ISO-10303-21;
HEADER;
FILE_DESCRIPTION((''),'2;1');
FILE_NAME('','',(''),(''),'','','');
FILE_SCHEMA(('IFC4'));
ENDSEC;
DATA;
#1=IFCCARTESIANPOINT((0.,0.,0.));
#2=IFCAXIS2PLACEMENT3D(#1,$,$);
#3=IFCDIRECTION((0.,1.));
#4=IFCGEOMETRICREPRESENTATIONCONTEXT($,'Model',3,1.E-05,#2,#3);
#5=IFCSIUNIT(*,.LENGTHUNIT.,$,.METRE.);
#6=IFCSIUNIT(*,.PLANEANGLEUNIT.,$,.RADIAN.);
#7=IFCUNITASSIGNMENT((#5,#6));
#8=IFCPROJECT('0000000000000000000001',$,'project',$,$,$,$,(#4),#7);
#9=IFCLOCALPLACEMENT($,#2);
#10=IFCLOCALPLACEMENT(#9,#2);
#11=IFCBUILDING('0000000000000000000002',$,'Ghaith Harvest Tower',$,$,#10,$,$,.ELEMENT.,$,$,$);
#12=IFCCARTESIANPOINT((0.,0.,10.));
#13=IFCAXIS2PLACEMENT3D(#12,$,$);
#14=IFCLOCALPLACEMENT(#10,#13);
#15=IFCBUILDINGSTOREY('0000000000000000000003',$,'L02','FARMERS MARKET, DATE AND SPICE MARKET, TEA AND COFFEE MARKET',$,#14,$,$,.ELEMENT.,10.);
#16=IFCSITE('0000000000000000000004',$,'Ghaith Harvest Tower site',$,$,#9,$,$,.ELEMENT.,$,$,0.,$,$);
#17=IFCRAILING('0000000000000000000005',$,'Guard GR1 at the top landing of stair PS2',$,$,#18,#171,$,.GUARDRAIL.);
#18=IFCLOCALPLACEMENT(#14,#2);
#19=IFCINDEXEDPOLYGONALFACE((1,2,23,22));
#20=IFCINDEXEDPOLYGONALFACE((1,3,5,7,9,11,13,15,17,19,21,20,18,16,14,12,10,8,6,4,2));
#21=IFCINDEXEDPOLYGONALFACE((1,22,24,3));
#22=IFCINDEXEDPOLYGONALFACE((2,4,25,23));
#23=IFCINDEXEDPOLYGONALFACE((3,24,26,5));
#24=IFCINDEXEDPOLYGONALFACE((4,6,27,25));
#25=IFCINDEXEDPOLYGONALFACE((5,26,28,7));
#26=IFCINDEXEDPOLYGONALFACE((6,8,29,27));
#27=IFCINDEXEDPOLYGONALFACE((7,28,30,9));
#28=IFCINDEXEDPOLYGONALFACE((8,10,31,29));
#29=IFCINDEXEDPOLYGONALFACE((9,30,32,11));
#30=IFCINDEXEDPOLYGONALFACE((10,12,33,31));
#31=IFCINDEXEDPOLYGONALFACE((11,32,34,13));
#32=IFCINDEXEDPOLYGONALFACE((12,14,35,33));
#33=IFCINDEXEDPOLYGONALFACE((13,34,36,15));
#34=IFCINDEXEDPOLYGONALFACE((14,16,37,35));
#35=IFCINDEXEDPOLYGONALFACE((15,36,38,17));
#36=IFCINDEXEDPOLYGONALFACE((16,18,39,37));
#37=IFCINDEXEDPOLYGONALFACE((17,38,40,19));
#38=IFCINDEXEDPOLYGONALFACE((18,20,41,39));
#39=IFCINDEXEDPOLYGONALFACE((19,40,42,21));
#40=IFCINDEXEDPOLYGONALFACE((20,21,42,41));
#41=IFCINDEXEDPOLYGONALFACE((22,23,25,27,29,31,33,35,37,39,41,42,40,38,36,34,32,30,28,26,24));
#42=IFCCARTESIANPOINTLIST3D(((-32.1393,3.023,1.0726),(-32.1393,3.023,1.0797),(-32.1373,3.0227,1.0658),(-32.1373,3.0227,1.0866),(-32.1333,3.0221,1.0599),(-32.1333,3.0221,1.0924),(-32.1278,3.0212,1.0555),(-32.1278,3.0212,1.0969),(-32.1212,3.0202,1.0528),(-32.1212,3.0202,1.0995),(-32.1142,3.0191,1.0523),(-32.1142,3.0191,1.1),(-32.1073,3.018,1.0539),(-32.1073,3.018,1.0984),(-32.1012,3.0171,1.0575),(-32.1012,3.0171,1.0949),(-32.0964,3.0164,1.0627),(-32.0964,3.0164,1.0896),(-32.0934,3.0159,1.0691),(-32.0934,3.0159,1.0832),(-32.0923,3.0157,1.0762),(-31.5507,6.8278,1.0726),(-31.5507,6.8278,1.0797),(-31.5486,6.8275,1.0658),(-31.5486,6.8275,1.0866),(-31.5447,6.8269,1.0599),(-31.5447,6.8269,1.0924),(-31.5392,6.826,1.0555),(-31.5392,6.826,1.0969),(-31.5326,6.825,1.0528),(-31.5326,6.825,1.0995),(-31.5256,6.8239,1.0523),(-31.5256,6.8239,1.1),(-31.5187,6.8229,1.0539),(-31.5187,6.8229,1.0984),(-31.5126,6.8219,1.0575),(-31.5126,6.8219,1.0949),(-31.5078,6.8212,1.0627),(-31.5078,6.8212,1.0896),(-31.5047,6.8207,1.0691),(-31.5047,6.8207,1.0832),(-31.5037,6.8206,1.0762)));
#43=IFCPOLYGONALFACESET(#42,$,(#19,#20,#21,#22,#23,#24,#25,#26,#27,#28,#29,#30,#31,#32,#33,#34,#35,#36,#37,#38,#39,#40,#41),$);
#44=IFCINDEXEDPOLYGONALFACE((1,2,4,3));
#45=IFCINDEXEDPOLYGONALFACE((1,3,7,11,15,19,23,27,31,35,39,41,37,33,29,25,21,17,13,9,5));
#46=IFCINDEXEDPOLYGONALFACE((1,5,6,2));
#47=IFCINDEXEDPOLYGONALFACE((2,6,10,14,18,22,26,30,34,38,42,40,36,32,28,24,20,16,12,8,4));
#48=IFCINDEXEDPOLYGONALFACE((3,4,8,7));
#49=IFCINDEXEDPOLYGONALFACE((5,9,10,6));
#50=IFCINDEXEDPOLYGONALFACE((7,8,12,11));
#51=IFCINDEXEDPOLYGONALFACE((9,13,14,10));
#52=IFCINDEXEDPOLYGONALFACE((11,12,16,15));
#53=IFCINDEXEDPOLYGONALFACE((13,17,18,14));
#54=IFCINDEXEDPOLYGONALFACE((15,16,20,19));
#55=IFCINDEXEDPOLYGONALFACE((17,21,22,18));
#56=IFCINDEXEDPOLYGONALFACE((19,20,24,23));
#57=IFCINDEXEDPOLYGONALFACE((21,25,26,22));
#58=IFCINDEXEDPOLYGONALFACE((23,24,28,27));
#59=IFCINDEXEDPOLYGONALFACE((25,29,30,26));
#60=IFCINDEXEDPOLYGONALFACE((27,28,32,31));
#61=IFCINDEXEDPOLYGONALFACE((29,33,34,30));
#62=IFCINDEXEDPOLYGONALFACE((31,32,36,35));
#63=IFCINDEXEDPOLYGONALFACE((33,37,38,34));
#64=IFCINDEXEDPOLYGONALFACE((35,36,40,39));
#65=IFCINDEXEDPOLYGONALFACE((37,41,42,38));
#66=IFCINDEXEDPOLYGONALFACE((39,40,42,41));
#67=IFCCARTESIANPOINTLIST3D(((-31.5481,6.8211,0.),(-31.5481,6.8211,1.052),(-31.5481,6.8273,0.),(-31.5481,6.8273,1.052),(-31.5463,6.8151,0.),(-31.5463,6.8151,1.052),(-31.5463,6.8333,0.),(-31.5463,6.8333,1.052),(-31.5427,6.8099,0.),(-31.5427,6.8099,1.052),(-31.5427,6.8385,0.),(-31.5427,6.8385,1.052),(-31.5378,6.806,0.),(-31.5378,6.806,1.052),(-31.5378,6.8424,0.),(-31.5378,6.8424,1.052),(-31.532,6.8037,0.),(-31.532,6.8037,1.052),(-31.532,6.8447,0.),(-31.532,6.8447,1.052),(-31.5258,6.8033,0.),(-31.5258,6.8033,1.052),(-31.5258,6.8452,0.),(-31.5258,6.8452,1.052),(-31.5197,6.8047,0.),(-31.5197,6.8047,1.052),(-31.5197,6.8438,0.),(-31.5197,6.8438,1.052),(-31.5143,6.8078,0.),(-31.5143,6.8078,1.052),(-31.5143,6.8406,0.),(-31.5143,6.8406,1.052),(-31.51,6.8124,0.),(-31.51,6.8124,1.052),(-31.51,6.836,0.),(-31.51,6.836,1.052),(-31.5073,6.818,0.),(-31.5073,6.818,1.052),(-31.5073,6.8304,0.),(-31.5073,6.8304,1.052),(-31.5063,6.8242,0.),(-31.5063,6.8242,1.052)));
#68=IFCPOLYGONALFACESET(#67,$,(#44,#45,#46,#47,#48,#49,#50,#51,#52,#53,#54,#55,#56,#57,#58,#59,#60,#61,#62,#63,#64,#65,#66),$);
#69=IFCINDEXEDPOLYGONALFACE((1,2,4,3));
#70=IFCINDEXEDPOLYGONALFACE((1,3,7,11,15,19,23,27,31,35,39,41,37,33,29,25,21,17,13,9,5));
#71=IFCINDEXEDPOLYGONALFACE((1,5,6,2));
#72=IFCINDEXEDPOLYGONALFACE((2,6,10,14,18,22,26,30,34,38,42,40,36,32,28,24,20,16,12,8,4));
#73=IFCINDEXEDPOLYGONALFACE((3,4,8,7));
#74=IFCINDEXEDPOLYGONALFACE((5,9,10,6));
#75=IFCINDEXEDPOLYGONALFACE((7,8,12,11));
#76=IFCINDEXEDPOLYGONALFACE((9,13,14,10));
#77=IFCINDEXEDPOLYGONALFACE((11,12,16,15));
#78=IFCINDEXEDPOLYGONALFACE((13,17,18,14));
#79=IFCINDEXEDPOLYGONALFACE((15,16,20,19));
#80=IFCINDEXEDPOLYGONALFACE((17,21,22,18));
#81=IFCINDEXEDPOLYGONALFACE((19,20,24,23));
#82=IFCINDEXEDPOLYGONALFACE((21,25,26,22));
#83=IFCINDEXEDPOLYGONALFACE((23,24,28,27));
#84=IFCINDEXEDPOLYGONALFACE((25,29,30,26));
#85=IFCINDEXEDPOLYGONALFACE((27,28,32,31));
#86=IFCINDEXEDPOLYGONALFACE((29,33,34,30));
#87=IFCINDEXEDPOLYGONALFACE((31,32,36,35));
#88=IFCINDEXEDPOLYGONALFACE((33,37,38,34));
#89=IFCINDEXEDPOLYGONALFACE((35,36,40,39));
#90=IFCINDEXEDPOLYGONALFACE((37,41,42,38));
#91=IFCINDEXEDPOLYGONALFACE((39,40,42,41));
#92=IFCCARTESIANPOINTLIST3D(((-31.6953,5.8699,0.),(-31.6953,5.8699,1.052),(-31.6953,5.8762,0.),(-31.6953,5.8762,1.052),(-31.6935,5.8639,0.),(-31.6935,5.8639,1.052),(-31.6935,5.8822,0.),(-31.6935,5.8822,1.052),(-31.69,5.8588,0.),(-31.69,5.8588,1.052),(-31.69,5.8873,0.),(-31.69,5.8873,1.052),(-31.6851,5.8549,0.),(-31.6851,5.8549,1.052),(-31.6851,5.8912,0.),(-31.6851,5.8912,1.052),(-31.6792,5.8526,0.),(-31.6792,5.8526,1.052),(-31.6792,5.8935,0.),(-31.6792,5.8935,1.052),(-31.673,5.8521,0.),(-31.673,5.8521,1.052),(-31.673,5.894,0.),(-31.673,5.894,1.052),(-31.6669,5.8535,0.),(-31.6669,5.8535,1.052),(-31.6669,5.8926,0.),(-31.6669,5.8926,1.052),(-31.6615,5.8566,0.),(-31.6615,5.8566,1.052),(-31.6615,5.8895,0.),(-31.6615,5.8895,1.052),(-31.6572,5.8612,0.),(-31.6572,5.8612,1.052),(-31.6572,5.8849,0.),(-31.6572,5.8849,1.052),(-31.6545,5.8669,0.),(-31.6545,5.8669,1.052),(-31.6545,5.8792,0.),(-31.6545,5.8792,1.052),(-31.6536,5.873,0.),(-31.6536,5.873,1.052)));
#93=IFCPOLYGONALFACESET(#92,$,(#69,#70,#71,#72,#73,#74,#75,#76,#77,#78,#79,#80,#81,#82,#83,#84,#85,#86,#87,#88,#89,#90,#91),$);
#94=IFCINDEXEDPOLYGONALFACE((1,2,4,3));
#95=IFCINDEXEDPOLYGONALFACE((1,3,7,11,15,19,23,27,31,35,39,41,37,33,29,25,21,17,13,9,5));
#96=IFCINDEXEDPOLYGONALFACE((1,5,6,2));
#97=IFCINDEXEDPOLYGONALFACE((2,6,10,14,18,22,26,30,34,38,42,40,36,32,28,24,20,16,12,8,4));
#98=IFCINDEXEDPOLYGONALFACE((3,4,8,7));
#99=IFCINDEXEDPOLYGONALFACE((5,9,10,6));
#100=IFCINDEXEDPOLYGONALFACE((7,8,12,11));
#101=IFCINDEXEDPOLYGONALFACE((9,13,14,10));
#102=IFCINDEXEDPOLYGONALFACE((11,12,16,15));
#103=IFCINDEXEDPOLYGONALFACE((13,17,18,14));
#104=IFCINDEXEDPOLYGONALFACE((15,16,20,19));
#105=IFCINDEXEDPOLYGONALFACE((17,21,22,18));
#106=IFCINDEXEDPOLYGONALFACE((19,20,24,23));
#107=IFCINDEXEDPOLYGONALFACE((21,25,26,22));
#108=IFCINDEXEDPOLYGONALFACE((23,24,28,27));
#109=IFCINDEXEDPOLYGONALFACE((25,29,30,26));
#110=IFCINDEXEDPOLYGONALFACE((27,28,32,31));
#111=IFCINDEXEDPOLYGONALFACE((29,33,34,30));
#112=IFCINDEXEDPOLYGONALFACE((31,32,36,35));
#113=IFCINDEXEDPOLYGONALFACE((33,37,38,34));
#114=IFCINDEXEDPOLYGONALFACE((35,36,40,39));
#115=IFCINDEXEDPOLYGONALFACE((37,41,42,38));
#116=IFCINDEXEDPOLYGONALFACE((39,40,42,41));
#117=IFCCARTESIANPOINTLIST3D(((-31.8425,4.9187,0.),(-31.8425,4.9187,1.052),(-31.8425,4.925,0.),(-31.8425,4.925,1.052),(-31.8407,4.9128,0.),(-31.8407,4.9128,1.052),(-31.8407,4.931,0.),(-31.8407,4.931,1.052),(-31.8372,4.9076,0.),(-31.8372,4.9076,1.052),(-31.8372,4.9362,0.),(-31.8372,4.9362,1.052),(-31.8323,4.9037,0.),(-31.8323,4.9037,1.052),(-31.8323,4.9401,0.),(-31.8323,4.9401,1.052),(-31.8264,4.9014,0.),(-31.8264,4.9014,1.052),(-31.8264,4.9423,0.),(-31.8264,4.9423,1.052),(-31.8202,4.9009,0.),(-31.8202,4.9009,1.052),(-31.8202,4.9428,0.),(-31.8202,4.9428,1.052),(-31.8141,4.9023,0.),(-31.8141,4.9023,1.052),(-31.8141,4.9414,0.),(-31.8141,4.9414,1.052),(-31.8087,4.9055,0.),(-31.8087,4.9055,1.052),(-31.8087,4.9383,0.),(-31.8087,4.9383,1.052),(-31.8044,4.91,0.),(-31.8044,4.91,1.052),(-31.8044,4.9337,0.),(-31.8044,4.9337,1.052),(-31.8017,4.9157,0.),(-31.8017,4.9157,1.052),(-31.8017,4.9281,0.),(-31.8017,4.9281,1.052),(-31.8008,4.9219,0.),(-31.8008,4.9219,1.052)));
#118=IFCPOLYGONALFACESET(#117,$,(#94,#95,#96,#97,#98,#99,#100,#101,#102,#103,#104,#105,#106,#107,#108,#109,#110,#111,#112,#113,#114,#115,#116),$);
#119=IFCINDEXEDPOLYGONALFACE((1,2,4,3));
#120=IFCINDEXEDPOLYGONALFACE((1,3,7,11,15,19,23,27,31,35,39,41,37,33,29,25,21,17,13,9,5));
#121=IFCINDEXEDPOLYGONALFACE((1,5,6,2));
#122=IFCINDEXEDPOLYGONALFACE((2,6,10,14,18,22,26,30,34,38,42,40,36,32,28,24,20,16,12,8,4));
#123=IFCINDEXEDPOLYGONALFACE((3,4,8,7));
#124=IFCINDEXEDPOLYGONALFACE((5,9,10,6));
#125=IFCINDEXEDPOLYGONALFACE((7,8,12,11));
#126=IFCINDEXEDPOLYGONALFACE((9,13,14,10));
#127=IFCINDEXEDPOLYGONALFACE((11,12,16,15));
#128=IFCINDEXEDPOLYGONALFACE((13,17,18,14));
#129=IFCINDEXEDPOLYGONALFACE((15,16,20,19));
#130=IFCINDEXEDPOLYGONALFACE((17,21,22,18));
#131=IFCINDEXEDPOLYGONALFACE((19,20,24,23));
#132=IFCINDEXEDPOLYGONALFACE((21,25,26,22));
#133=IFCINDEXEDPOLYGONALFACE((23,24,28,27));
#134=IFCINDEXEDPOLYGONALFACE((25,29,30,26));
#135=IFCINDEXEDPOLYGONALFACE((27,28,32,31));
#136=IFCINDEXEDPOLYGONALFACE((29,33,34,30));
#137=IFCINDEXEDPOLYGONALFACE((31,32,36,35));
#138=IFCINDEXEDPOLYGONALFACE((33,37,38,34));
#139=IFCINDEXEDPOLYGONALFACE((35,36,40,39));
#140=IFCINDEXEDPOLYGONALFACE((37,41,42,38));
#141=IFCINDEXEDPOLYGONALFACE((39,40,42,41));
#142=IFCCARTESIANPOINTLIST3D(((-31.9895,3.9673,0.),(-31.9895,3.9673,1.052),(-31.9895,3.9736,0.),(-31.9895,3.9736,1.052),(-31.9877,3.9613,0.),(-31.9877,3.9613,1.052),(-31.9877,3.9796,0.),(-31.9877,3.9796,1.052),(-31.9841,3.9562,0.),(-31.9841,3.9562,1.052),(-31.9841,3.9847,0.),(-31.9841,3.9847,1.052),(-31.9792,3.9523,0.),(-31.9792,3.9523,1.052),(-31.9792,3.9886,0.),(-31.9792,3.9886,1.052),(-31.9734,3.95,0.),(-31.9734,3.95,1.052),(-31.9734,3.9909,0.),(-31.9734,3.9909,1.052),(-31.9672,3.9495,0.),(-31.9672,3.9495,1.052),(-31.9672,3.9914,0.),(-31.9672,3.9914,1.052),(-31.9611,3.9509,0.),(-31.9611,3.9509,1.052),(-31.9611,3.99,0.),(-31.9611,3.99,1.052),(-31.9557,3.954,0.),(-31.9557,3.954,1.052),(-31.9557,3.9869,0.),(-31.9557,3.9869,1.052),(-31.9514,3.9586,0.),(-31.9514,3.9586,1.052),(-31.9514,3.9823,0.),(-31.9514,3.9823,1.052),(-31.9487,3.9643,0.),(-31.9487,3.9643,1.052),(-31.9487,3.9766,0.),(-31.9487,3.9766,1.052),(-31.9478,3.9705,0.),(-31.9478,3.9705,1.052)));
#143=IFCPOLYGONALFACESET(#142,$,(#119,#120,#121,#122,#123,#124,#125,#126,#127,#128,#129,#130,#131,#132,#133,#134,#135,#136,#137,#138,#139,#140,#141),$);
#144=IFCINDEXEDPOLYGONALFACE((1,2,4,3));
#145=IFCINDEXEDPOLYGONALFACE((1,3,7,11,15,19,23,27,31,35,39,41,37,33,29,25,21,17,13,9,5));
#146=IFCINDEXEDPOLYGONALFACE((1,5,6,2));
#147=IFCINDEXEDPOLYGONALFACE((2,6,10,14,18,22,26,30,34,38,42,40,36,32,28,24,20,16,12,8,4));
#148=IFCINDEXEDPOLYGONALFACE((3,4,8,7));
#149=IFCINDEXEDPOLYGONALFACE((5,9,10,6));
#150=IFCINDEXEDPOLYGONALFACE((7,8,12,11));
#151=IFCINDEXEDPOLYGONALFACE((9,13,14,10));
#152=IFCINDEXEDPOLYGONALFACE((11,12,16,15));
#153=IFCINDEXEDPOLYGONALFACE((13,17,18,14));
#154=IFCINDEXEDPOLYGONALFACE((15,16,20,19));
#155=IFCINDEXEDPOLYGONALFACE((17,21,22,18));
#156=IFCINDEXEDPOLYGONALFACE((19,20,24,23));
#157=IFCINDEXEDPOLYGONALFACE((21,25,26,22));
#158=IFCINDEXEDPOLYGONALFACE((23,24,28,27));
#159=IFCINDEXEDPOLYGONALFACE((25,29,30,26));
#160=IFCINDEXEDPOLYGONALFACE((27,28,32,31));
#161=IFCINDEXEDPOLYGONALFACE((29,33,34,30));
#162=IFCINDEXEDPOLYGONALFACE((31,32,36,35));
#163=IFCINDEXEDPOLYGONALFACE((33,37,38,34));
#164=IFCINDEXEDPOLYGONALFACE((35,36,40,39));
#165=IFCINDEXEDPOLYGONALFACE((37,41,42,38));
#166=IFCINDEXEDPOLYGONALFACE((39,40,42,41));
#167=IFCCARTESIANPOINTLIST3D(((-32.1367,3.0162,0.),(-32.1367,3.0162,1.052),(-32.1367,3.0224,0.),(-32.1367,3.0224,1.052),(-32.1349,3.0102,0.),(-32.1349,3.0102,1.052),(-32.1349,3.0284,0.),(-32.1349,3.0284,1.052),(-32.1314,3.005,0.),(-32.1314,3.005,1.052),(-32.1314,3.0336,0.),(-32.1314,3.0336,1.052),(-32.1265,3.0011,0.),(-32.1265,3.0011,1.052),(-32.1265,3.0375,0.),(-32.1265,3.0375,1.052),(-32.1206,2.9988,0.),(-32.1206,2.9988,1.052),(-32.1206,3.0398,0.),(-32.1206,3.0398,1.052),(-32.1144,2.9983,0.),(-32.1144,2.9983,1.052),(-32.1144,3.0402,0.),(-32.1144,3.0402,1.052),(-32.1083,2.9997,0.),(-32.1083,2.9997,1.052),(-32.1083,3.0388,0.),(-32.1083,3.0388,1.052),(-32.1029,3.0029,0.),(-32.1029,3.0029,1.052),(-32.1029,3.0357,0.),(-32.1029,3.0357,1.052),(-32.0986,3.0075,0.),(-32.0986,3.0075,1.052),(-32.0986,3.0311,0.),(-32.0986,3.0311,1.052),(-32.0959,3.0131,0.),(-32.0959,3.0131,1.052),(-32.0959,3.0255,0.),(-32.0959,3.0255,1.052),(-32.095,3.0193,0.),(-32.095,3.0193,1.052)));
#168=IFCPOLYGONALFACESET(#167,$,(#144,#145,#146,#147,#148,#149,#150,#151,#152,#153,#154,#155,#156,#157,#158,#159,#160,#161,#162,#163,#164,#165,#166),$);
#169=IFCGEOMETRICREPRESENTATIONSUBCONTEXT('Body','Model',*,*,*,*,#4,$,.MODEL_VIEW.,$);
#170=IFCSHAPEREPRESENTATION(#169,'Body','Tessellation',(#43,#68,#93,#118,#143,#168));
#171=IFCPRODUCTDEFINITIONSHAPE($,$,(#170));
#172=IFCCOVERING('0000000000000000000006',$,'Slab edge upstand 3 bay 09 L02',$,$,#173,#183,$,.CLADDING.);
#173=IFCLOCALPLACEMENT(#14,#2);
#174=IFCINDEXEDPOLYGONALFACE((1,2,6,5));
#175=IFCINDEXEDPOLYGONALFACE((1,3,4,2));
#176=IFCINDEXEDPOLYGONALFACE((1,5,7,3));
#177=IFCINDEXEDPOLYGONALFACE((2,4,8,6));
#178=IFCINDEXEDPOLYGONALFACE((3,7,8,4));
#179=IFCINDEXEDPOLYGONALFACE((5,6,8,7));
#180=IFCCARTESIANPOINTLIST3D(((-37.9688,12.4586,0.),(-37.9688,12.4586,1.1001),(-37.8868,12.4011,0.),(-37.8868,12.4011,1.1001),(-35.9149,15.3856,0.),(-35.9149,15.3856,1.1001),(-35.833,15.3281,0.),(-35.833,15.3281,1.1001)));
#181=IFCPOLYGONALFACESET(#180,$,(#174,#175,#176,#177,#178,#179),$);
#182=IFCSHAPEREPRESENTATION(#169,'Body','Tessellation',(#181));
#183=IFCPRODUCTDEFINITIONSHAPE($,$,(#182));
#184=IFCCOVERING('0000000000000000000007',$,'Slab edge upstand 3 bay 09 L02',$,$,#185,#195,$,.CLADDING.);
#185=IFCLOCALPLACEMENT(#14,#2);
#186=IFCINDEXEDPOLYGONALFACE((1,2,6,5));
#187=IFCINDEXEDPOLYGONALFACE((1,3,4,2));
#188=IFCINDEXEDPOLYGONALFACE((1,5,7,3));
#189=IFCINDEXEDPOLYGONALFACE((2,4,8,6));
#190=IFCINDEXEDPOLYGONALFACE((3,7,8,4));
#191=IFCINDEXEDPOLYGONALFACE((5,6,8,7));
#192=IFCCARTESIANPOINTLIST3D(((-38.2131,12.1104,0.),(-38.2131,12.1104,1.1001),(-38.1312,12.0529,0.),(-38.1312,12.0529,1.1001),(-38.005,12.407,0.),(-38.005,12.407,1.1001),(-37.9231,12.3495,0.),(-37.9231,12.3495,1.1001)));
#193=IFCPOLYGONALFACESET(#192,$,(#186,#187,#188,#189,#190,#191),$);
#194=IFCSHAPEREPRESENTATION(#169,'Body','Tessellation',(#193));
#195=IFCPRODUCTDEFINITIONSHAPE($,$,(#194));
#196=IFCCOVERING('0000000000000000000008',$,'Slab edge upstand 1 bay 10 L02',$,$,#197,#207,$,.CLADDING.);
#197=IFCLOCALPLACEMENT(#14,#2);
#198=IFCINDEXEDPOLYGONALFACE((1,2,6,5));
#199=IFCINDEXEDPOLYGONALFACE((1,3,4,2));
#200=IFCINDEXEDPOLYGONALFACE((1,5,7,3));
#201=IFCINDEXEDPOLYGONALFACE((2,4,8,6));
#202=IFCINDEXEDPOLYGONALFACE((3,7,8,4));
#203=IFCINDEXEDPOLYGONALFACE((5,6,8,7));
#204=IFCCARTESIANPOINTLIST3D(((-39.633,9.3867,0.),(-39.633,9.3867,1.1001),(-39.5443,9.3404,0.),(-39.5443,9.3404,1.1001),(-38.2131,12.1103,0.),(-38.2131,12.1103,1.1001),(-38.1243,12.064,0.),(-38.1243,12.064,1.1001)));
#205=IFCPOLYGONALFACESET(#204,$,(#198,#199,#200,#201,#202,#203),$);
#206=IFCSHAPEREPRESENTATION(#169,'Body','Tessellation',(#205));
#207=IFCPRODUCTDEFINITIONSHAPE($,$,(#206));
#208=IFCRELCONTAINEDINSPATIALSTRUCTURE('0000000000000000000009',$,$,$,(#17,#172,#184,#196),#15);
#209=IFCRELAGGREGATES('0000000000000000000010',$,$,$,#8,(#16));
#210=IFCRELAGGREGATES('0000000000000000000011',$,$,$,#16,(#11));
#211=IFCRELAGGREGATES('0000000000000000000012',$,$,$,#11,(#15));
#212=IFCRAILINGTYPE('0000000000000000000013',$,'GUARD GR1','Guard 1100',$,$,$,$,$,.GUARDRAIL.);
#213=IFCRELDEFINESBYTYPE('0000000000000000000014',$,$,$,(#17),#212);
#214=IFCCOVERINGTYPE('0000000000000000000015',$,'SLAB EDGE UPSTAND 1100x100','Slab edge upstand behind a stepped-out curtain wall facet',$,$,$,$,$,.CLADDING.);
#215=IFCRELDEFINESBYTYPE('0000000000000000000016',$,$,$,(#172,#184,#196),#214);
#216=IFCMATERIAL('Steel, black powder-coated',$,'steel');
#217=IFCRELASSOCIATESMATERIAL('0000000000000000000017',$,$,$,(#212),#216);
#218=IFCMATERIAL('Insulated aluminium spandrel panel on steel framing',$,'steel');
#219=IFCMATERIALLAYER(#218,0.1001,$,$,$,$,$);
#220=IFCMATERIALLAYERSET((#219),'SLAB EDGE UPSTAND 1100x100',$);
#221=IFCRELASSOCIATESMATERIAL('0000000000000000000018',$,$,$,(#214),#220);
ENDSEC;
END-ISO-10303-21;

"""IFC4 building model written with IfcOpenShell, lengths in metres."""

from ifc_helpers import new_model, si_unit, direction, frame, origin, origin_2d, place, context, subcontext, project, spatial, rectangle, circle, extrude, material, layer, layer_set, type_object, element, save


model = new_model("IFC4")

# Units and contexts
model_context = context("Model", 3, precision=1e-05, world=origin(), true_north=direction((0.0, 1.0)))
body_context = subcontext(model_context, "Body", "Model", "MODEL_VIEW")
ifc_project = project(units=[si_unit("LENGTHUNIT", "METRE"), si_unit("PLANEANGLEUNIT", "RADIAN")], contexts=[model_context])

# Site, building, storey
site_placement = place(None, origin())
site = spatial("IfcSite", under=ifc_project, at=site_placement, Name="Ghaith Harvest Tower site", CompositionType="ELEMENT", RefElevation=0.0)
building_placement = place(site_placement, origin())
building = spatial("IfcBuilding", under=site, at=building_placement, Name="Ghaith Harvest Tower", CompositionType="ELEMENT")
storey_placement = place(building_placement, frame((0.0, 0.0, 10.0)))
storey = spatial("IfcBuildingStorey", under=building, at=storey_placement, Name="L02", Description="FARMERS MARKET, DATE AND SPICE MARKET, TEA AND COFFEE MARKET", CompositionType="ELEMENT", Elevation=10.0)

# Railing
ifc_material_1 = material(Name="Steel, black powder-coated", Category="steel")
railing_type = type_object("IfcRailingType", Name="GUARD GR1", Description="Guard 1100", PredefinedType="GUARDRAIL", material=ifc_material_1)
railing_placement = place(storey_placement, frame((-31.5273, 6.8242, 0.0)))
element("IfcRailing", 1, at=railing_placement, inside=storey, type_object=railing_type, Name="Guard GR1 at the top landing of stair PS2", PredefinedType="GUARDRAIL", context=body_context, shape_type="SweptSolid", body=[
    extrude(circle(Radius=0.0239, at=origin_2d()), frame((0.0, 0.0, 1.0762), z_axis=(-0.152881, -0.988245, 0.0), x_axis=(0.988245, -0.152881, 0.0)), (0.0, 0.0, 1.0), 3.8501),
    extrude(circle(Radius=0.021, at=origin_2d()), origin(), (0.0, 0.0, 1.0), 1.052),
    extrude(circle(Radius=0.021, at=origin_2d()), frame((-0.1472, -0.9512, 0.0)), (0.0, 0.0, 1.0), 1.052),
    extrude(circle(Radius=0.021, at=origin_2d()), frame((-0.2944, -1.9023, 0.0)), (0.0, 0.0, 1.0), 1.052),
    extrude(circle(Radius=0.021, at=origin_2d()), frame((-0.4414, -2.8538, 0.0)), (0.0, 0.0, 1.0), 1.052),
    extrude(circle(Radius=0.021, at=origin_2d()), frame((-0.5886, -3.8049, 0.0)), (0.0, 0.0, 1.0), 1.052),
])

# Coverings
ifc_material_2 = material(Name="Insulated aluminium spandrel panel on steel framing", Category="steel")
ifc_layer_1 = layer(ifc_material_2, 0.1001)
ifc_layer_set_1 = layer_set([ifc_layer_1], Name="SLAB EDGE UPSTAND 1100x100")
covering_type = type_object("IfcCoveringType", Name="SLAB EDGE UPSTAND 1100x100", Description="Slab edge upstand behind a stepped-out curtain wall facet", PredefinedType="CLADDING", material=ifc_layer_set_1)
covering_1_placement = place(storey_placement, frame((-36.9009, 13.8933, 0.0), z_axis=(0.0, 0.0, 1.0), x_axis=(-0.574389, -0.818582, 0.0)))
element("IfcCovering", 2, at=covering_1_placement, inside=storey, type_object=covering_type, Name="Slab edge upstand 3 bay 09 L02", PredefinedType="CLADDING", context=body_context, shape_type="SweptSolid", body=[
    extrude(rectangle(XDim=3.5757, YDim=0.1001, at=origin_2d()), origin(), (0.0, 0.0, 1.0), 1.1001),
])
covering_2_placement = place(storey_placement, frame((-38.0681, 12.23, 0.0), z_axis=(0.0, 0.0, 1.0), x_axis=(-0.574389, -0.818582, 0.0)))
element("IfcCovering", 3, at=covering_2_placement, inside=storey, type_object=covering_type, Name="Slab edge upstand 3 bay 09 L02", PredefinedType="CLADDING", context=body_context, shape_type="SweptSolid", body=[
    extrude(rectangle(XDim=0.3623, YDim=0.1001, at=origin_2d()), origin(), (0.0, 0.0, 1.0), 1.1001),
])
covering_3_placement = place(storey_placement, frame((-38.8787, 10.7253, 0.0), z_axis=(0.0, 0.0, 1.0), x_axis=(-0.4623, -0.886723, 0.0)))
element("IfcCovering", 4, at=covering_3_placement, inside=storey, type_object=covering_type, Name="Slab edge upstand 1 bay 10 L02", PredefinedType="CLADDING", context=body_context, shape_type="SweptSolid", body=[
    extrude(rectangle(XDim=3.0715, YDim=0.1001, at=origin_2d()), origin(), (0.0, 0.0, 1.0), 1.1001),
])

save(model, "model.ifc")
